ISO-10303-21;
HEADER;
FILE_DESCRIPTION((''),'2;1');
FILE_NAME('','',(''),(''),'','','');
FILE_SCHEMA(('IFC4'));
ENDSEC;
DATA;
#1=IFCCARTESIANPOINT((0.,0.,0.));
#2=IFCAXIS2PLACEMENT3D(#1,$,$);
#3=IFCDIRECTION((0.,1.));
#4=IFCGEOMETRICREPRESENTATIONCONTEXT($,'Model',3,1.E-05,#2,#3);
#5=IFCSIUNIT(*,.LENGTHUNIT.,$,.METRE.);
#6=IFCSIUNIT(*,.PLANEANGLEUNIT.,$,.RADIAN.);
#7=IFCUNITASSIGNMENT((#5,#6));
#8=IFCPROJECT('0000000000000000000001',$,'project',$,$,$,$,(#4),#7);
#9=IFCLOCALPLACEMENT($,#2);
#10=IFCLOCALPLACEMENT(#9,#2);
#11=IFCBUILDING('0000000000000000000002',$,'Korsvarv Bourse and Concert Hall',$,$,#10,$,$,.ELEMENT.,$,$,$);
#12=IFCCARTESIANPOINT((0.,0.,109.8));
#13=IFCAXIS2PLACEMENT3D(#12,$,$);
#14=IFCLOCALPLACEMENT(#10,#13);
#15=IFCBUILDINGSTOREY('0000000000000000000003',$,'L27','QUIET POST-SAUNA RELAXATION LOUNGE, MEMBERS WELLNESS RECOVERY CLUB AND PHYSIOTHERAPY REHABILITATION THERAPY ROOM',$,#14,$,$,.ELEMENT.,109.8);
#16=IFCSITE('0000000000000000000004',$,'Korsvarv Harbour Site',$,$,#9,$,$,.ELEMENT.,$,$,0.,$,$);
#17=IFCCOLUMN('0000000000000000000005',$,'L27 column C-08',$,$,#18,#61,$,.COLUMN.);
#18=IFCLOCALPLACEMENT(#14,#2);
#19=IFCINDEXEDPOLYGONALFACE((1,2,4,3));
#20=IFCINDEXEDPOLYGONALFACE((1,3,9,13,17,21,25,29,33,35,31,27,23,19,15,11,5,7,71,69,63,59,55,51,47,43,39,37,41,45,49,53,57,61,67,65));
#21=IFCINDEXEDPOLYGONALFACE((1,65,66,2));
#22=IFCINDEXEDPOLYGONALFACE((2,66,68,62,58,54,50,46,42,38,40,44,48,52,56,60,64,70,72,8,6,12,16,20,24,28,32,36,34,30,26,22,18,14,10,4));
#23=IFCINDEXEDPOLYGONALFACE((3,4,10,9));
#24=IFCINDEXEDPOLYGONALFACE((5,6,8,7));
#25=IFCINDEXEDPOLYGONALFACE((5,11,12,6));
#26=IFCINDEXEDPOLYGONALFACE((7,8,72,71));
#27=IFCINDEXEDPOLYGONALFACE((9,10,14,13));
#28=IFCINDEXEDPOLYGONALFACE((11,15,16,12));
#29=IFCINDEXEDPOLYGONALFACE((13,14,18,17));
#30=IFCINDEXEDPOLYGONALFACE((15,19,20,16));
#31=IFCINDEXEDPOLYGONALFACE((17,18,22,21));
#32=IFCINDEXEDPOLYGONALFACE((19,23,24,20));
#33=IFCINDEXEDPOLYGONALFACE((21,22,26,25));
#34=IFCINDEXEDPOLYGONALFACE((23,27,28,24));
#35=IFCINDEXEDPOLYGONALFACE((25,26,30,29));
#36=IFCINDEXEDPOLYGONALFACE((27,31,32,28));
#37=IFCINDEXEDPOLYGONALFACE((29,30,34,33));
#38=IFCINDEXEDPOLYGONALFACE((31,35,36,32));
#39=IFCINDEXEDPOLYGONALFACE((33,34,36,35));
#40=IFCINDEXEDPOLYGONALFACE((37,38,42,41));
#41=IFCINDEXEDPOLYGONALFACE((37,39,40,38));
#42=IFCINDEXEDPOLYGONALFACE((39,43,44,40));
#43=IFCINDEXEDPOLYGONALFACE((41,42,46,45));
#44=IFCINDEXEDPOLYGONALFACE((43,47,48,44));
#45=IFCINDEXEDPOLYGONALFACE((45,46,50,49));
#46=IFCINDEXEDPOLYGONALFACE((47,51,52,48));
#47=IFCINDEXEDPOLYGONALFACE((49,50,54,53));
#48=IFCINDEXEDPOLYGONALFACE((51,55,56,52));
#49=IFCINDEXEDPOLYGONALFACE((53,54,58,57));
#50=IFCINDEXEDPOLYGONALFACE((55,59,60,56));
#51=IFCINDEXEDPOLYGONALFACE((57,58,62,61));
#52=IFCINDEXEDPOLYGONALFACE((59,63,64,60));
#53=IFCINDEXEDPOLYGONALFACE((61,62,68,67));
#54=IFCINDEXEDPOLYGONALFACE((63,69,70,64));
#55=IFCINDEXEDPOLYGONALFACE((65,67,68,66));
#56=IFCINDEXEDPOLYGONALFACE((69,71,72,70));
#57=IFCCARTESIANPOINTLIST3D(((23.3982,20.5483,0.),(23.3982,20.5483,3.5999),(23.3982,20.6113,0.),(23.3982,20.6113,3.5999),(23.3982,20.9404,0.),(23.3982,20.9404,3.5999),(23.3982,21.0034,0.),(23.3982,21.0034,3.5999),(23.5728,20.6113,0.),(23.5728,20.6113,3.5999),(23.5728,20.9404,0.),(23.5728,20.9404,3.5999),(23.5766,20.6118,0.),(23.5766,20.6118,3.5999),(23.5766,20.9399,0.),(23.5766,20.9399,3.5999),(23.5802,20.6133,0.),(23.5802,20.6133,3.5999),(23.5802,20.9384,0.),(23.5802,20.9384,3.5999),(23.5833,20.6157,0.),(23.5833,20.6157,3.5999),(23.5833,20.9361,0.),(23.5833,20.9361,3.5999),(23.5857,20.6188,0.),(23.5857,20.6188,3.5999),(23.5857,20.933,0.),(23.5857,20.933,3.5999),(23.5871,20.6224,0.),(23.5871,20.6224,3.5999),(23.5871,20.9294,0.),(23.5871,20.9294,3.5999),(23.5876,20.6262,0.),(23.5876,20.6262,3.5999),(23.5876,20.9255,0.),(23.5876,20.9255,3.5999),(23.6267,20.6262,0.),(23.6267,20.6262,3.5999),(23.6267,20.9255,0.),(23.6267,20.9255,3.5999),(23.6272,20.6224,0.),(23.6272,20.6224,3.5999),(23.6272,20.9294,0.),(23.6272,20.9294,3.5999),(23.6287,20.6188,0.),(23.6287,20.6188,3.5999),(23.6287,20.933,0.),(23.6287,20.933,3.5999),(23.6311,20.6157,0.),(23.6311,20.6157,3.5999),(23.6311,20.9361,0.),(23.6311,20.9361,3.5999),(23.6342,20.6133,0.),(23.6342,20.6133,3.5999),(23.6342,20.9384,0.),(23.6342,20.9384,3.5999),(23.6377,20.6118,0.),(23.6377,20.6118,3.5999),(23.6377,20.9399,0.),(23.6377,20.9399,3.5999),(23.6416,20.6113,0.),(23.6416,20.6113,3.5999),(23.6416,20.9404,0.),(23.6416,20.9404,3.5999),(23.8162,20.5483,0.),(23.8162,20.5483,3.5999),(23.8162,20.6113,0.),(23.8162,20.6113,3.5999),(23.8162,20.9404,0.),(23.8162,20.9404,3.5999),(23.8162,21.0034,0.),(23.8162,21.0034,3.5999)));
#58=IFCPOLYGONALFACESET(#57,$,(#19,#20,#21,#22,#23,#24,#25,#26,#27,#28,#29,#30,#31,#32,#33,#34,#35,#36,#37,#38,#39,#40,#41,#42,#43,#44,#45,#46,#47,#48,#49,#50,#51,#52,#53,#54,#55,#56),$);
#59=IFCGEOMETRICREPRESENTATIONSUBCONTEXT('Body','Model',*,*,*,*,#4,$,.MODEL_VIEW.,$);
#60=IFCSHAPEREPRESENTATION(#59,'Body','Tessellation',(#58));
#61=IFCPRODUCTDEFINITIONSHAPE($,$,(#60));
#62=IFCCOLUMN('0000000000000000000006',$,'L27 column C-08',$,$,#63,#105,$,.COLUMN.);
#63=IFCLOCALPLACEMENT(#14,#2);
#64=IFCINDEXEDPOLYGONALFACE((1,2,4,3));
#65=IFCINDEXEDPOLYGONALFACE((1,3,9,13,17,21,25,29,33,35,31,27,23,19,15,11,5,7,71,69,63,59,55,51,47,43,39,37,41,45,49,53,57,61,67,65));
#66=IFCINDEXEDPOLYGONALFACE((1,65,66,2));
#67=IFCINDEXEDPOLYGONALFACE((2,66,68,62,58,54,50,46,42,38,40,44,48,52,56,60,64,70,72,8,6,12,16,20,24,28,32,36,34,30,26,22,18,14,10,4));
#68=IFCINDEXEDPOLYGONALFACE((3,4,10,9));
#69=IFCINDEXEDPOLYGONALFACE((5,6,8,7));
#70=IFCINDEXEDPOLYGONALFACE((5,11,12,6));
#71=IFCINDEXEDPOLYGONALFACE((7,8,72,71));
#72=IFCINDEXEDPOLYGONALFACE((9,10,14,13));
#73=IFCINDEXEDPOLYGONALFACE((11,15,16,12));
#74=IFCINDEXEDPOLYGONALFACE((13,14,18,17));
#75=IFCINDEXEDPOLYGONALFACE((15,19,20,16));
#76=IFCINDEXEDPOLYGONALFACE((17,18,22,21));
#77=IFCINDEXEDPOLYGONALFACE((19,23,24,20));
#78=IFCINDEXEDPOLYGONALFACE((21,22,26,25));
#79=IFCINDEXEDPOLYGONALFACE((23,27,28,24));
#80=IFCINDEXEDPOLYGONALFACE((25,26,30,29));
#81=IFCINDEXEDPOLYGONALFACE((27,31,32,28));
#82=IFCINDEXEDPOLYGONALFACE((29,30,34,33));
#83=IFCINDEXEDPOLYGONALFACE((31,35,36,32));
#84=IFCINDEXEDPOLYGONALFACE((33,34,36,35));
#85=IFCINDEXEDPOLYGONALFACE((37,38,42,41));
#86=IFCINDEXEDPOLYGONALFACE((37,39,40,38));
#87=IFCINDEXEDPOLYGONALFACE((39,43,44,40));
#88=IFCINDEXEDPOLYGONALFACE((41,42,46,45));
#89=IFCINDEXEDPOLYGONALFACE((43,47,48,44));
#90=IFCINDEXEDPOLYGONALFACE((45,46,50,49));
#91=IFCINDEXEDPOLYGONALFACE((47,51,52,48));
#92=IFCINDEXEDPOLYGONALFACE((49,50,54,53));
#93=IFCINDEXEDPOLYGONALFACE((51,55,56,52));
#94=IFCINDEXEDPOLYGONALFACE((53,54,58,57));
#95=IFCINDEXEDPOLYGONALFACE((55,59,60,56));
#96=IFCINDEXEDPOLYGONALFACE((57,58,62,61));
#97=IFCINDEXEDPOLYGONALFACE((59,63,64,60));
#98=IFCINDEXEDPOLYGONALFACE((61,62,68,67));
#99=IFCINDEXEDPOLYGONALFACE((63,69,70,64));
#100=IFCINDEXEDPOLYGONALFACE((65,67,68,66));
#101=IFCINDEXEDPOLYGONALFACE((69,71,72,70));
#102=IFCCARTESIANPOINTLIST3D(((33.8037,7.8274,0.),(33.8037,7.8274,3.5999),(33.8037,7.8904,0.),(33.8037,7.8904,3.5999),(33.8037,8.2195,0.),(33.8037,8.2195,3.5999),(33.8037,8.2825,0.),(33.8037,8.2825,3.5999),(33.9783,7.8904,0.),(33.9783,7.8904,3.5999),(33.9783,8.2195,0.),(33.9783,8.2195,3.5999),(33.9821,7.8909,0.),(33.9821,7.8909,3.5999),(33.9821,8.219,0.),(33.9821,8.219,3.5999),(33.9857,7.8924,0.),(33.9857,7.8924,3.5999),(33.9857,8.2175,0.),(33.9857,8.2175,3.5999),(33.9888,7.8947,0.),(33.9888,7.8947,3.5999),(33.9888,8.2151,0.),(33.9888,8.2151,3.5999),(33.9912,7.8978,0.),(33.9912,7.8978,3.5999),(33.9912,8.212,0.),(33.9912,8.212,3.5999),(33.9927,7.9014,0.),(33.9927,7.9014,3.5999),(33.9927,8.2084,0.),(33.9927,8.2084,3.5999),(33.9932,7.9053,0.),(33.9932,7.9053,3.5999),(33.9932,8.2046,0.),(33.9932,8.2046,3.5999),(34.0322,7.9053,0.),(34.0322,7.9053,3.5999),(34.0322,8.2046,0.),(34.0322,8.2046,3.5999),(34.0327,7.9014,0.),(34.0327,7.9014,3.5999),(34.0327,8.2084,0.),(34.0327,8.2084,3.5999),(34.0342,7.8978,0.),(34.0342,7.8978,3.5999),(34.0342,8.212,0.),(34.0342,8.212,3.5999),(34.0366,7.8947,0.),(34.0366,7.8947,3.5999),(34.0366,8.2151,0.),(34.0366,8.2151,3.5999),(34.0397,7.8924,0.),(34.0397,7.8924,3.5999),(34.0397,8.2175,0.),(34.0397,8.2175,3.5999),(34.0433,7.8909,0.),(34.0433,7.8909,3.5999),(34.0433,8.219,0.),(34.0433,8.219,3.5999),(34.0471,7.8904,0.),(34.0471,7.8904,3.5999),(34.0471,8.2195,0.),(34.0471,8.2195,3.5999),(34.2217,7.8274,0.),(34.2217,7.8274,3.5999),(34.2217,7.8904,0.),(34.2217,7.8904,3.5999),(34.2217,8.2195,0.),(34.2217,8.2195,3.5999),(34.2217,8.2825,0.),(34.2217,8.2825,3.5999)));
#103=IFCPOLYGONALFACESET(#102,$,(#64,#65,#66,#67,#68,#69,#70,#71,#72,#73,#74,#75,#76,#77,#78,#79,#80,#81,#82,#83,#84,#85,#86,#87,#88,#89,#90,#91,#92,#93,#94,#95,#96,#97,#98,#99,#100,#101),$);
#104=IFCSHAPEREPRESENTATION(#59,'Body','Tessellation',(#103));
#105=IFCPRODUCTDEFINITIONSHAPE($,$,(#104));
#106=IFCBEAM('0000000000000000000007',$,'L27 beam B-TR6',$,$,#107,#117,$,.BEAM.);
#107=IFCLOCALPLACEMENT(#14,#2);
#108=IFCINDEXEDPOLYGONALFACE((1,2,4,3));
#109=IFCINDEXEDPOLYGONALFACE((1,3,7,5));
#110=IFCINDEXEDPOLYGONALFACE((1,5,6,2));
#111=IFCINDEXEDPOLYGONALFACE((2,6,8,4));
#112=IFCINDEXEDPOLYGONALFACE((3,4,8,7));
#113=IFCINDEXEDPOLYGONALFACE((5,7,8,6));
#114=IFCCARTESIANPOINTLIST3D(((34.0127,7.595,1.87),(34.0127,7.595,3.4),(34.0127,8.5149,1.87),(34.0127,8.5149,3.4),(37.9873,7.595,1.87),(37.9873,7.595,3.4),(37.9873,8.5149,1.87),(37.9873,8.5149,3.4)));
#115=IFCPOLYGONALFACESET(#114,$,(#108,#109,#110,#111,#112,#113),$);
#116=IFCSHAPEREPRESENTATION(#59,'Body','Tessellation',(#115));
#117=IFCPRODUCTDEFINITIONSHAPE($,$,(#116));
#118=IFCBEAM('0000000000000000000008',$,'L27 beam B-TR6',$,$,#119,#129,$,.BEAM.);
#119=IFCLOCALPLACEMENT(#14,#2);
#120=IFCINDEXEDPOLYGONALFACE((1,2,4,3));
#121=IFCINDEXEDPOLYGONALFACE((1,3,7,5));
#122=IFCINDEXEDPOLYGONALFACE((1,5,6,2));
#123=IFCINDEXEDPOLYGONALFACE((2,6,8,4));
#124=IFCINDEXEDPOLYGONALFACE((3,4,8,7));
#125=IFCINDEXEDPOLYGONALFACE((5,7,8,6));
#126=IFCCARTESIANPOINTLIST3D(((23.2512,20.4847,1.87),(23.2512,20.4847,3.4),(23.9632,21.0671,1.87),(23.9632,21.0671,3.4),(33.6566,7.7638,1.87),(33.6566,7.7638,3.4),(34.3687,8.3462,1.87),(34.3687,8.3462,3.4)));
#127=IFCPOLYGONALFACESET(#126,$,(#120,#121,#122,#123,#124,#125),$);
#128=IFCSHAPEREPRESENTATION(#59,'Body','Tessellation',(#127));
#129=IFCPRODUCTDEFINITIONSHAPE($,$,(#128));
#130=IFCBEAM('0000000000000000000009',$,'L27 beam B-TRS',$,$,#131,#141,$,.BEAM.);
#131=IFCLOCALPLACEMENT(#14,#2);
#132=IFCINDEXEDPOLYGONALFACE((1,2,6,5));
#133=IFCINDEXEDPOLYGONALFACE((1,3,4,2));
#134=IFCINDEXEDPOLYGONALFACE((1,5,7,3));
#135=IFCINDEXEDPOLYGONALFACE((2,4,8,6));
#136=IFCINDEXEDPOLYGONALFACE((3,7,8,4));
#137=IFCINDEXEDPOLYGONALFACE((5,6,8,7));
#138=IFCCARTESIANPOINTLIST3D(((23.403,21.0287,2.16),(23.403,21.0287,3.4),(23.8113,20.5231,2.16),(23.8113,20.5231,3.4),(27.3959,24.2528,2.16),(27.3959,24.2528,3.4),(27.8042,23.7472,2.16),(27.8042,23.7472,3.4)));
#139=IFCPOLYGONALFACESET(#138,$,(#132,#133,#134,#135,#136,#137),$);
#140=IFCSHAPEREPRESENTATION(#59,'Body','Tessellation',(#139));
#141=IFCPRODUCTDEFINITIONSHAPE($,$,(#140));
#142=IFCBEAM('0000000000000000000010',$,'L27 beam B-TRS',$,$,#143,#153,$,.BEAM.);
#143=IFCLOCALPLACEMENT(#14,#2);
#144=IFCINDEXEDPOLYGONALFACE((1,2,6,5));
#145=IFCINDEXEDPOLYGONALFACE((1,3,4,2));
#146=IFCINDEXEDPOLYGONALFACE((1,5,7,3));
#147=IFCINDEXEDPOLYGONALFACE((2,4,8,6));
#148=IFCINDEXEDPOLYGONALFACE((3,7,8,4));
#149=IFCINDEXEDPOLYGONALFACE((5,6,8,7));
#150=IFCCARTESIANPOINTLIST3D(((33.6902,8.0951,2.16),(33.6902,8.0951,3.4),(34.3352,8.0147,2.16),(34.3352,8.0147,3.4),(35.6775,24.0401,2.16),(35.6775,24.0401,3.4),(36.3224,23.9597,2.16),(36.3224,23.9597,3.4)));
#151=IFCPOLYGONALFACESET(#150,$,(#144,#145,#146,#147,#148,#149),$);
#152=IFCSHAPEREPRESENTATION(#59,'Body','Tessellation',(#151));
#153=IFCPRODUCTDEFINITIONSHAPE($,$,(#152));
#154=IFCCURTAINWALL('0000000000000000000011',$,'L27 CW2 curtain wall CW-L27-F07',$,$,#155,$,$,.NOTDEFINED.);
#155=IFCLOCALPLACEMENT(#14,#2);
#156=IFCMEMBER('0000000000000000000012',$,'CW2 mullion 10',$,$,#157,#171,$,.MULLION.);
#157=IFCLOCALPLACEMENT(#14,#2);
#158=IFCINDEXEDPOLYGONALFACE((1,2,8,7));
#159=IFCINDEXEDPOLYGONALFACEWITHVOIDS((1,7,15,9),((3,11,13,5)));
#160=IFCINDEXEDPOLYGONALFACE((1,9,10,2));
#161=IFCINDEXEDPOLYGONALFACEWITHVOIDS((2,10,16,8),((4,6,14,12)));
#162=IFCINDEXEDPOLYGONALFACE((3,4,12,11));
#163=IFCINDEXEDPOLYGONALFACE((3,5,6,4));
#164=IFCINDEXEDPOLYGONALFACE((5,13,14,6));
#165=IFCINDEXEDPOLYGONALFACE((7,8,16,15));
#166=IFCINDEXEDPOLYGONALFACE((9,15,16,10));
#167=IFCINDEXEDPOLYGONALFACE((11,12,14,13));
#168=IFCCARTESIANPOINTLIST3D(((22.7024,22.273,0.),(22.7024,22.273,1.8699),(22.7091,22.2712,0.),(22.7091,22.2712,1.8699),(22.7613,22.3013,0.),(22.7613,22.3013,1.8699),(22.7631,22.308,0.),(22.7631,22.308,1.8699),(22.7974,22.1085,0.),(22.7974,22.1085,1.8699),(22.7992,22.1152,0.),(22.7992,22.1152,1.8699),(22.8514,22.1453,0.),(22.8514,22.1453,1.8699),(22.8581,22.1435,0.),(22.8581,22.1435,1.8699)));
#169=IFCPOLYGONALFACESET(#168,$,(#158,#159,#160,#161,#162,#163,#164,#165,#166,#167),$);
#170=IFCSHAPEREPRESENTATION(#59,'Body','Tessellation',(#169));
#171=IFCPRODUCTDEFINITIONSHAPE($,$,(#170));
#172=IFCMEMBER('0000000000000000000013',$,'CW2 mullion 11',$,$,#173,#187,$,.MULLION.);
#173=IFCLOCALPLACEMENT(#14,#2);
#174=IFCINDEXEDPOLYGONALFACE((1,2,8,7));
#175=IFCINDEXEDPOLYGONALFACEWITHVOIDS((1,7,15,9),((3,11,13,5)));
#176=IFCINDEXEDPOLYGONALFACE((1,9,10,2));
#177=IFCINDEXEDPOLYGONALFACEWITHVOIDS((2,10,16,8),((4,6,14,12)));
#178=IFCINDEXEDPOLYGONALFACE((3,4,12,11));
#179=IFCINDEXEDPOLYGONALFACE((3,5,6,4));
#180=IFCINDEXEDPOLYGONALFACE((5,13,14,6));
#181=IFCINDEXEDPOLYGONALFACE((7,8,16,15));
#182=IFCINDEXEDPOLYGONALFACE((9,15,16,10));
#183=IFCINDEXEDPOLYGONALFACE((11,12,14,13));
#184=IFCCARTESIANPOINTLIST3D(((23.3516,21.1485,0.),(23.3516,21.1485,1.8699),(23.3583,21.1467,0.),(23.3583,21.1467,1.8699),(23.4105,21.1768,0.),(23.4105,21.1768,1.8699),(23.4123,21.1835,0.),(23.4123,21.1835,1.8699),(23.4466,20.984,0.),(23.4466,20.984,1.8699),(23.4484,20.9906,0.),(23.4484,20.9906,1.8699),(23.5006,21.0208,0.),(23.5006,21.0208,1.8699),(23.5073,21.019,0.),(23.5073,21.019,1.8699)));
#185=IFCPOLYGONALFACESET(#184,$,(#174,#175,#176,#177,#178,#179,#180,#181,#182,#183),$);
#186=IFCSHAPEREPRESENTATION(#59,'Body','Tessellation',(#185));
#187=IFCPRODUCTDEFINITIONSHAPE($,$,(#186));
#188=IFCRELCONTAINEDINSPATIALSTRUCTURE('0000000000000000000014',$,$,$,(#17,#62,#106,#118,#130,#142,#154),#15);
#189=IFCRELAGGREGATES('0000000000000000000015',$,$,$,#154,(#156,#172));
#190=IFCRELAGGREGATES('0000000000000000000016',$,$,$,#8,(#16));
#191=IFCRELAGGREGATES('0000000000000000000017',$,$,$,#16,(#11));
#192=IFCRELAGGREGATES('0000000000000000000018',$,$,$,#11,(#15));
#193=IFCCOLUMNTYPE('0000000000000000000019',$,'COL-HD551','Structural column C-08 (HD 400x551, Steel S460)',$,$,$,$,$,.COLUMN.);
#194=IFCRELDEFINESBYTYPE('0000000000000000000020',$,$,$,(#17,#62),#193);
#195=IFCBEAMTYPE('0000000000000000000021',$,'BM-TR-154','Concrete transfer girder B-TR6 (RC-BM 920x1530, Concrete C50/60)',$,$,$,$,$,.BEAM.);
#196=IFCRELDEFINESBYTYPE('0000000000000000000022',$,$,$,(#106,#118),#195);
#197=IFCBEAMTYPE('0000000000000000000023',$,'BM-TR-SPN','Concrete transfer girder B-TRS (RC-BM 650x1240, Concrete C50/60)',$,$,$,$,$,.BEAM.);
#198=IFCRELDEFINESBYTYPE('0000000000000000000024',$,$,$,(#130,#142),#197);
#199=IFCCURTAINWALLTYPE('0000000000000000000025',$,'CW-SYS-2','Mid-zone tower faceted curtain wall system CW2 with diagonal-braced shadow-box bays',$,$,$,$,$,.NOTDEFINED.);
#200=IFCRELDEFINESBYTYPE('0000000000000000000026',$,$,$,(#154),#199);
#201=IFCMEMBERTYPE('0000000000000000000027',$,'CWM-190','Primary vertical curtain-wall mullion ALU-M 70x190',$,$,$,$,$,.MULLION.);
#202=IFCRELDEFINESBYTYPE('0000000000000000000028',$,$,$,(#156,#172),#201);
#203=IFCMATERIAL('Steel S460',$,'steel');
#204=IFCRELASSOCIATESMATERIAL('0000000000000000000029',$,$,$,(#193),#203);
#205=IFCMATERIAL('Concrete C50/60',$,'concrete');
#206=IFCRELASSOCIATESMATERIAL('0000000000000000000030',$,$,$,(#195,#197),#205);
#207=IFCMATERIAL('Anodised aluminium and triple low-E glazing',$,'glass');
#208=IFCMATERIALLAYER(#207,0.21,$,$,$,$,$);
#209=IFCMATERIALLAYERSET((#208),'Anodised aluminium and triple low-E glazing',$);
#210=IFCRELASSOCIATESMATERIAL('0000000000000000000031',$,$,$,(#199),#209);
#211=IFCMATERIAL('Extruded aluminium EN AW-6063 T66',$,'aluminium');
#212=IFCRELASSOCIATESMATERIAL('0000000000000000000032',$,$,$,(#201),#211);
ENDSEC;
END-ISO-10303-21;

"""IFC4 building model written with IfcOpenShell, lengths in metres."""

from ifc_helpers import new_model, si_unit, direction, frame, origin, origin_2d, place, context, subcontext, project, spatial, rectangle, hollow_rectangle, i_section, extrude, source, transform, mapped, material, layer, layer_set, material_profile, profile_set, type_object, element, aggregate, save


model = new_model("IFC4")

# Units and contexts
model_context = context("Model", 3, precision=1e-05, world=origin(), true_north=direction((0.0, 1.0)))
body_context = subcontext(model_context, "Body", "Model", "MODEL_VIEW")
ifc_project = project(units=[si_unit("LENGTHUNIT", "METRE"), si_unit("PLANEANGLEUNIT", "RADIAN")], contexts=[model_context])

# Site, building, storey
site_placement = place(None, origin())
site = spatial("IfcSite", under=ifc_project, at=site_placement, Name="Korsvarv Harbour Site", CompositionType="ELEMENT", RefElevation=0.0)
building_placement = place(site_placement, origin())
building = spatial("IfcBuilding", under=site, at=building_placement, Name="Korsvarv Bourse and Concert Hall", CompositionType="ELEMENT")
storey_placement = place(building_placement, frame((0.0, 0.0, 109.8)))
storey = spatial("IfcBuildingStorey", under=building, at=storey_placement, Name="L27", Description="QUIET POST-SAUNA RELAXATION LOUNGE, MEMBERS WELLNESS RECOVERY CLUB AND PHYSIOTHERAPY REHABILITATION THERAPY ROOM", CompositionType="ELEMENT", Elevation=109.8)

# Columns
ifc_material_1 = material(Name="Steel S460", Category="steel")
ifc_material_profile_1 = material_profile(ifc_material_1, i_section(OverallWidth=0.418, OverallDepth=0.4551, WebThickness=0.0391, FlangeThickness=0.063, FilletRadius=0.0149, at=origin_2d()), Name="HD 400x551")
ifc_profile_set_1 = profile_set([ifc_material_profile_1], Name="Steel S460")
column_type = type_object("IfcColumnType", Name="COL-HD551", Description="Structural column C-08 (HD 400x551, Steel S460)", PredefinedType="COLUMN", material=ifc_profile_set_1)
shared_shape_1 = source(origin(), body_context, "Body", "SweptSolid", [
    extrude(i_section(OverallWidth=0.418, OverallDepth=0.4551, WebThickness=0.0391, FlangeThickness=0.063, FilletRadius=0.0149, at=origin_2d()), origin(), (0.0, 0.0, 1.0), 3.5999),
])
for number, where, z_axis, x_axis, name in (
    (1, (23.6072, 20.7759, 0.0), (0.0, 0.0, 1.0), (1.0, 0.0, 0.0), "L27 column C-08"),
    (2, (34.0127, 8.0549, 0.0), (0.0, 0.0, 1.0), (1.0, 0.0, 0.0), "L27 column C-08"),
):
    element("IfcColumn", number, at=place(storey_placement, frame(where, z_axis=z_axis, x_axis=x_axis)), inside=storey, type_object=column_type, Name=name, PredefinedType="COLUMN", context=body_context, shape_type="MappedRepresentation", body=[
        mapped(shared_shape_1, transform((0.0, 0.0, 0.0), scale=1.0)),
    ])

# Beams
ifc_material_2 = material(Name="Concrete C50/60", Category="concrete")
ifc_material_profile_2 = material_profile(ifc_material_2, rectangle(XDim=0.9199, YDim=1.53, at=origin_2d()), Name="RC-BM 920x1530")
ifc_profile_set_2 = profile_set([ifc_material_profile_2], Name="Concrete C50/60")
beam_type_1 = type_object("IfcBeamType", Name="BM-TR-154", Description="Concrete transfer girder B-TR6 (RC-BM 920x1530, Concrete C50/60)", PredefinedType="BEAM", material=ifc_profile_set_2)
shared_shape_2 = source(origin(), body_context, "Body", "SweptSolid", [
    extrude(rectangle(XDim=0.9199, YDim=1.53, at=origin_2d()), origin(), (0.0, 0.0, 1.0), 3.9746),
])
beam_1_placement = place(storey_placement, frame((34.0127, 8.0549, 2.635), z_axis=(1.0, 0.0, 0.0), x_axis=(0.0, 1.0, 0.0)))
element("IfcBeam", 3, at=beam_1_placement, inside=storey, type_object=beam_type_1, Name="L27 beam B-TR6", PredefinedType="BEAM", context=body_context, shape_type="MappedRepresentation", body=[
    mapped(shared_shape_2, transform((0.0, 0.0, 0.0), scale=1.0)),
])
shared_shape_3 = source(origin(), body_context, "Body", "SweptSolid", [
    extrude(rectangle(XDim=0.9199, YDim=1.53, at=origin_2d()), origin(), (0.0, 0.0, 1.0), 16.4346),
])
beam_2_placement = place(storey_placement, frame((23.6072, 20.7759, 2.635), z_axis=(0.633146, -0.774033, 0.0), x_axis=(0.774033, 0.633146, 0.0)))
element("IfcBeam", 4, at=beam_2_placement, inside=storey, type_object=beam_type_1, Name="L27 beam B-TR6", PredefinedType="BEAM", context=body_context, shape_type="MappedRepresentation", body=[
    mapped(shared_shape_3, transform((0.0, 0.0, 0.0), scale=1.0)),
])
ifc_material_profile_3 = material_profile(ifc_material_2, rectangle(XDim=0.6499, YDim=1.24, at=origin_2d()), Name="RC-BM 650x1240")
ifc_profile_set_3 = profile_set([ifc_material_profile_3], Name="Concrete C50/60")
beam_type_2 = type_object("IfcBeamType", Name="BM-TR-SPN", Description="Concrete transfer girder B-TRS (RC-BM 650x1240, Concrete C50/60)", PredefinedType="BEAM", material=ifc_profile_set_3)
shared_shape_4 = source(origin(), body_context, "Body", "SweptSolid", [
    extrude(rectangle(XDim=0.6499, YDim=1.24, at=origin_2d()), origin(), (0.0, 0.0, 1.0), 5.1321),
])
beam_3_placement = place(storey_placement, frame((23.6072, 20.7759, 2.78), z_axis=(0.77803, 0.628227, 0.0), x_axis=(-0.628227, 0.77803, 0.0)))
element("IfcBeam", 5, at=beam_3_placement, inside=storey, type_object=beam_type_2, Name="L27 beam B-TRS", PredefinedType="BEAM", context=body_context, shape_type="MappedRepresentation", body=[
    mapped(shared_shape_4, transform((0.0, 0.0, 0.0), scale=1.0)),
])
shared_shape_5 = source(origin(), body_context, "Body", "SweptSolid", [
    extrude(rectangle(XDim=0.6499, YDim=1.24, at=origin_2d()), origin(), (0.0, 0.0, 1.0), 16.0684),
])
beam_4_placement = place(storey_placement, frame((34.0127, 8.0549, 2.78), z_axis=(0.123678, 0.992322, 0.0), x_axis=(-0.992322, 0.123678, 0.0)))
element("IfcBeam", 6, at=beam_4_placement, inside=storey, type_object=beam_type_2, Name="L27 beam B-TRS", PredefinedType="BEAM", context=body_context, shape_type="MappedRepresentation", body=[
    mapped(shared_shape_5, transform((0.0, 0.0, 0.0), scale=1.0)),
])

# Curtain wall, members
ifc_material_3 = material(Name="Anodised aluminium and triple low-E glazing", Category="glass")
ifc_layer_1 = layer(ifc_material_3, 0.21)
ifc_layer_set_1 = layer_set([ifc_layer_1], Name="Anodised aluminium and triple low-E glazing")
curtain_wall_type = type_object("IfcCurtainWallType", Name="CW-SYS-2", Description="Mid-zone tower faceted curtain wall system CW2 with diagonal-braced shadow-box bays", PredefinedType="NOTDEFINED", material=ifc_layer_set_1)
curtain_wall_placement = place(storey_placement, origin())
curtain_wall = element("IfcCurtainWall", 7, at=curtain_wall_placement, inside=storey, type_object=curtain_wall_type, Name="L27 CW2 curtain wall CW-L27-F07", PredefinedType="NOTDEFINED")
ifc_material_4 = material(Name="Extruded aluminium EN AW-6063 T66", Category="aluminium")
ifc_material_profile_4 = material_profile(ifc_material_4, hollow_rectangle(XDim=0.0701, YDim=0.1899, WallThickness=0.0049, at=origin_2d()), Name="ALU-M 70x190")
ifc_profile_set_4 = profile_set([ifc_material_profile_4], Name="Extruded aluminium EN AW-6063 T66")
member_type_1 = type_object("IfcMemberType", Name="CWM-190", Description="Primary vertical curtain-wall mullion ALU-M 70x190", PredefinedType="MULLION", material=ifc_profile_set_4)
shared_shape_6 = source(origin(), body_context, "Body", "SweptSolid", [
    extrude(hollow_rectangle(XDim=0.0701, YDim=0.1899, WallThickness=0.0049, at=origin_2d()), origin(), (0.0, 0.0, 1.0), 1.8699),
])
member_1_placement = place(storey_placement, frame((22.7803, 22.2083, 0.0), z_axis=(0.0, 0.0, 1.0), x_axis=(0.866022, 0.500006, 0.0)))
member_1 = element("IfcMember", 8, at=member_1_placement, type_object=member_type_1, Name="CW2 mullion 10", PredefinedType="MULLION", context=body_context, shape_type="MappedRepresentation", body=[
    mapped(shared_shape_6, transform((0.0, 0.0, 0.0), scale=1.0)),
])
member_2_placement = place(storey_placement, frame((23.4294, 21.0837, 0.0), z_axis=(0.0, 0.0, 1.0), x_axis=(0.866022, 0.500006, 0.0)))
member_2 = element("IfcMember", 9, at=member_2_placement, type_object=member_type_1, Name="CW2 mullion 11", PredefinedType="MULLION", context=body_context, shape_type="MappedRepresentation", body=[
    mapped(shared_shape_6, transform((0.0, 0.0, 0.0), scale=1.0)),
])
aggregate(curtain_wall, [member_1, member_2])

save(model, "model.ifc")
